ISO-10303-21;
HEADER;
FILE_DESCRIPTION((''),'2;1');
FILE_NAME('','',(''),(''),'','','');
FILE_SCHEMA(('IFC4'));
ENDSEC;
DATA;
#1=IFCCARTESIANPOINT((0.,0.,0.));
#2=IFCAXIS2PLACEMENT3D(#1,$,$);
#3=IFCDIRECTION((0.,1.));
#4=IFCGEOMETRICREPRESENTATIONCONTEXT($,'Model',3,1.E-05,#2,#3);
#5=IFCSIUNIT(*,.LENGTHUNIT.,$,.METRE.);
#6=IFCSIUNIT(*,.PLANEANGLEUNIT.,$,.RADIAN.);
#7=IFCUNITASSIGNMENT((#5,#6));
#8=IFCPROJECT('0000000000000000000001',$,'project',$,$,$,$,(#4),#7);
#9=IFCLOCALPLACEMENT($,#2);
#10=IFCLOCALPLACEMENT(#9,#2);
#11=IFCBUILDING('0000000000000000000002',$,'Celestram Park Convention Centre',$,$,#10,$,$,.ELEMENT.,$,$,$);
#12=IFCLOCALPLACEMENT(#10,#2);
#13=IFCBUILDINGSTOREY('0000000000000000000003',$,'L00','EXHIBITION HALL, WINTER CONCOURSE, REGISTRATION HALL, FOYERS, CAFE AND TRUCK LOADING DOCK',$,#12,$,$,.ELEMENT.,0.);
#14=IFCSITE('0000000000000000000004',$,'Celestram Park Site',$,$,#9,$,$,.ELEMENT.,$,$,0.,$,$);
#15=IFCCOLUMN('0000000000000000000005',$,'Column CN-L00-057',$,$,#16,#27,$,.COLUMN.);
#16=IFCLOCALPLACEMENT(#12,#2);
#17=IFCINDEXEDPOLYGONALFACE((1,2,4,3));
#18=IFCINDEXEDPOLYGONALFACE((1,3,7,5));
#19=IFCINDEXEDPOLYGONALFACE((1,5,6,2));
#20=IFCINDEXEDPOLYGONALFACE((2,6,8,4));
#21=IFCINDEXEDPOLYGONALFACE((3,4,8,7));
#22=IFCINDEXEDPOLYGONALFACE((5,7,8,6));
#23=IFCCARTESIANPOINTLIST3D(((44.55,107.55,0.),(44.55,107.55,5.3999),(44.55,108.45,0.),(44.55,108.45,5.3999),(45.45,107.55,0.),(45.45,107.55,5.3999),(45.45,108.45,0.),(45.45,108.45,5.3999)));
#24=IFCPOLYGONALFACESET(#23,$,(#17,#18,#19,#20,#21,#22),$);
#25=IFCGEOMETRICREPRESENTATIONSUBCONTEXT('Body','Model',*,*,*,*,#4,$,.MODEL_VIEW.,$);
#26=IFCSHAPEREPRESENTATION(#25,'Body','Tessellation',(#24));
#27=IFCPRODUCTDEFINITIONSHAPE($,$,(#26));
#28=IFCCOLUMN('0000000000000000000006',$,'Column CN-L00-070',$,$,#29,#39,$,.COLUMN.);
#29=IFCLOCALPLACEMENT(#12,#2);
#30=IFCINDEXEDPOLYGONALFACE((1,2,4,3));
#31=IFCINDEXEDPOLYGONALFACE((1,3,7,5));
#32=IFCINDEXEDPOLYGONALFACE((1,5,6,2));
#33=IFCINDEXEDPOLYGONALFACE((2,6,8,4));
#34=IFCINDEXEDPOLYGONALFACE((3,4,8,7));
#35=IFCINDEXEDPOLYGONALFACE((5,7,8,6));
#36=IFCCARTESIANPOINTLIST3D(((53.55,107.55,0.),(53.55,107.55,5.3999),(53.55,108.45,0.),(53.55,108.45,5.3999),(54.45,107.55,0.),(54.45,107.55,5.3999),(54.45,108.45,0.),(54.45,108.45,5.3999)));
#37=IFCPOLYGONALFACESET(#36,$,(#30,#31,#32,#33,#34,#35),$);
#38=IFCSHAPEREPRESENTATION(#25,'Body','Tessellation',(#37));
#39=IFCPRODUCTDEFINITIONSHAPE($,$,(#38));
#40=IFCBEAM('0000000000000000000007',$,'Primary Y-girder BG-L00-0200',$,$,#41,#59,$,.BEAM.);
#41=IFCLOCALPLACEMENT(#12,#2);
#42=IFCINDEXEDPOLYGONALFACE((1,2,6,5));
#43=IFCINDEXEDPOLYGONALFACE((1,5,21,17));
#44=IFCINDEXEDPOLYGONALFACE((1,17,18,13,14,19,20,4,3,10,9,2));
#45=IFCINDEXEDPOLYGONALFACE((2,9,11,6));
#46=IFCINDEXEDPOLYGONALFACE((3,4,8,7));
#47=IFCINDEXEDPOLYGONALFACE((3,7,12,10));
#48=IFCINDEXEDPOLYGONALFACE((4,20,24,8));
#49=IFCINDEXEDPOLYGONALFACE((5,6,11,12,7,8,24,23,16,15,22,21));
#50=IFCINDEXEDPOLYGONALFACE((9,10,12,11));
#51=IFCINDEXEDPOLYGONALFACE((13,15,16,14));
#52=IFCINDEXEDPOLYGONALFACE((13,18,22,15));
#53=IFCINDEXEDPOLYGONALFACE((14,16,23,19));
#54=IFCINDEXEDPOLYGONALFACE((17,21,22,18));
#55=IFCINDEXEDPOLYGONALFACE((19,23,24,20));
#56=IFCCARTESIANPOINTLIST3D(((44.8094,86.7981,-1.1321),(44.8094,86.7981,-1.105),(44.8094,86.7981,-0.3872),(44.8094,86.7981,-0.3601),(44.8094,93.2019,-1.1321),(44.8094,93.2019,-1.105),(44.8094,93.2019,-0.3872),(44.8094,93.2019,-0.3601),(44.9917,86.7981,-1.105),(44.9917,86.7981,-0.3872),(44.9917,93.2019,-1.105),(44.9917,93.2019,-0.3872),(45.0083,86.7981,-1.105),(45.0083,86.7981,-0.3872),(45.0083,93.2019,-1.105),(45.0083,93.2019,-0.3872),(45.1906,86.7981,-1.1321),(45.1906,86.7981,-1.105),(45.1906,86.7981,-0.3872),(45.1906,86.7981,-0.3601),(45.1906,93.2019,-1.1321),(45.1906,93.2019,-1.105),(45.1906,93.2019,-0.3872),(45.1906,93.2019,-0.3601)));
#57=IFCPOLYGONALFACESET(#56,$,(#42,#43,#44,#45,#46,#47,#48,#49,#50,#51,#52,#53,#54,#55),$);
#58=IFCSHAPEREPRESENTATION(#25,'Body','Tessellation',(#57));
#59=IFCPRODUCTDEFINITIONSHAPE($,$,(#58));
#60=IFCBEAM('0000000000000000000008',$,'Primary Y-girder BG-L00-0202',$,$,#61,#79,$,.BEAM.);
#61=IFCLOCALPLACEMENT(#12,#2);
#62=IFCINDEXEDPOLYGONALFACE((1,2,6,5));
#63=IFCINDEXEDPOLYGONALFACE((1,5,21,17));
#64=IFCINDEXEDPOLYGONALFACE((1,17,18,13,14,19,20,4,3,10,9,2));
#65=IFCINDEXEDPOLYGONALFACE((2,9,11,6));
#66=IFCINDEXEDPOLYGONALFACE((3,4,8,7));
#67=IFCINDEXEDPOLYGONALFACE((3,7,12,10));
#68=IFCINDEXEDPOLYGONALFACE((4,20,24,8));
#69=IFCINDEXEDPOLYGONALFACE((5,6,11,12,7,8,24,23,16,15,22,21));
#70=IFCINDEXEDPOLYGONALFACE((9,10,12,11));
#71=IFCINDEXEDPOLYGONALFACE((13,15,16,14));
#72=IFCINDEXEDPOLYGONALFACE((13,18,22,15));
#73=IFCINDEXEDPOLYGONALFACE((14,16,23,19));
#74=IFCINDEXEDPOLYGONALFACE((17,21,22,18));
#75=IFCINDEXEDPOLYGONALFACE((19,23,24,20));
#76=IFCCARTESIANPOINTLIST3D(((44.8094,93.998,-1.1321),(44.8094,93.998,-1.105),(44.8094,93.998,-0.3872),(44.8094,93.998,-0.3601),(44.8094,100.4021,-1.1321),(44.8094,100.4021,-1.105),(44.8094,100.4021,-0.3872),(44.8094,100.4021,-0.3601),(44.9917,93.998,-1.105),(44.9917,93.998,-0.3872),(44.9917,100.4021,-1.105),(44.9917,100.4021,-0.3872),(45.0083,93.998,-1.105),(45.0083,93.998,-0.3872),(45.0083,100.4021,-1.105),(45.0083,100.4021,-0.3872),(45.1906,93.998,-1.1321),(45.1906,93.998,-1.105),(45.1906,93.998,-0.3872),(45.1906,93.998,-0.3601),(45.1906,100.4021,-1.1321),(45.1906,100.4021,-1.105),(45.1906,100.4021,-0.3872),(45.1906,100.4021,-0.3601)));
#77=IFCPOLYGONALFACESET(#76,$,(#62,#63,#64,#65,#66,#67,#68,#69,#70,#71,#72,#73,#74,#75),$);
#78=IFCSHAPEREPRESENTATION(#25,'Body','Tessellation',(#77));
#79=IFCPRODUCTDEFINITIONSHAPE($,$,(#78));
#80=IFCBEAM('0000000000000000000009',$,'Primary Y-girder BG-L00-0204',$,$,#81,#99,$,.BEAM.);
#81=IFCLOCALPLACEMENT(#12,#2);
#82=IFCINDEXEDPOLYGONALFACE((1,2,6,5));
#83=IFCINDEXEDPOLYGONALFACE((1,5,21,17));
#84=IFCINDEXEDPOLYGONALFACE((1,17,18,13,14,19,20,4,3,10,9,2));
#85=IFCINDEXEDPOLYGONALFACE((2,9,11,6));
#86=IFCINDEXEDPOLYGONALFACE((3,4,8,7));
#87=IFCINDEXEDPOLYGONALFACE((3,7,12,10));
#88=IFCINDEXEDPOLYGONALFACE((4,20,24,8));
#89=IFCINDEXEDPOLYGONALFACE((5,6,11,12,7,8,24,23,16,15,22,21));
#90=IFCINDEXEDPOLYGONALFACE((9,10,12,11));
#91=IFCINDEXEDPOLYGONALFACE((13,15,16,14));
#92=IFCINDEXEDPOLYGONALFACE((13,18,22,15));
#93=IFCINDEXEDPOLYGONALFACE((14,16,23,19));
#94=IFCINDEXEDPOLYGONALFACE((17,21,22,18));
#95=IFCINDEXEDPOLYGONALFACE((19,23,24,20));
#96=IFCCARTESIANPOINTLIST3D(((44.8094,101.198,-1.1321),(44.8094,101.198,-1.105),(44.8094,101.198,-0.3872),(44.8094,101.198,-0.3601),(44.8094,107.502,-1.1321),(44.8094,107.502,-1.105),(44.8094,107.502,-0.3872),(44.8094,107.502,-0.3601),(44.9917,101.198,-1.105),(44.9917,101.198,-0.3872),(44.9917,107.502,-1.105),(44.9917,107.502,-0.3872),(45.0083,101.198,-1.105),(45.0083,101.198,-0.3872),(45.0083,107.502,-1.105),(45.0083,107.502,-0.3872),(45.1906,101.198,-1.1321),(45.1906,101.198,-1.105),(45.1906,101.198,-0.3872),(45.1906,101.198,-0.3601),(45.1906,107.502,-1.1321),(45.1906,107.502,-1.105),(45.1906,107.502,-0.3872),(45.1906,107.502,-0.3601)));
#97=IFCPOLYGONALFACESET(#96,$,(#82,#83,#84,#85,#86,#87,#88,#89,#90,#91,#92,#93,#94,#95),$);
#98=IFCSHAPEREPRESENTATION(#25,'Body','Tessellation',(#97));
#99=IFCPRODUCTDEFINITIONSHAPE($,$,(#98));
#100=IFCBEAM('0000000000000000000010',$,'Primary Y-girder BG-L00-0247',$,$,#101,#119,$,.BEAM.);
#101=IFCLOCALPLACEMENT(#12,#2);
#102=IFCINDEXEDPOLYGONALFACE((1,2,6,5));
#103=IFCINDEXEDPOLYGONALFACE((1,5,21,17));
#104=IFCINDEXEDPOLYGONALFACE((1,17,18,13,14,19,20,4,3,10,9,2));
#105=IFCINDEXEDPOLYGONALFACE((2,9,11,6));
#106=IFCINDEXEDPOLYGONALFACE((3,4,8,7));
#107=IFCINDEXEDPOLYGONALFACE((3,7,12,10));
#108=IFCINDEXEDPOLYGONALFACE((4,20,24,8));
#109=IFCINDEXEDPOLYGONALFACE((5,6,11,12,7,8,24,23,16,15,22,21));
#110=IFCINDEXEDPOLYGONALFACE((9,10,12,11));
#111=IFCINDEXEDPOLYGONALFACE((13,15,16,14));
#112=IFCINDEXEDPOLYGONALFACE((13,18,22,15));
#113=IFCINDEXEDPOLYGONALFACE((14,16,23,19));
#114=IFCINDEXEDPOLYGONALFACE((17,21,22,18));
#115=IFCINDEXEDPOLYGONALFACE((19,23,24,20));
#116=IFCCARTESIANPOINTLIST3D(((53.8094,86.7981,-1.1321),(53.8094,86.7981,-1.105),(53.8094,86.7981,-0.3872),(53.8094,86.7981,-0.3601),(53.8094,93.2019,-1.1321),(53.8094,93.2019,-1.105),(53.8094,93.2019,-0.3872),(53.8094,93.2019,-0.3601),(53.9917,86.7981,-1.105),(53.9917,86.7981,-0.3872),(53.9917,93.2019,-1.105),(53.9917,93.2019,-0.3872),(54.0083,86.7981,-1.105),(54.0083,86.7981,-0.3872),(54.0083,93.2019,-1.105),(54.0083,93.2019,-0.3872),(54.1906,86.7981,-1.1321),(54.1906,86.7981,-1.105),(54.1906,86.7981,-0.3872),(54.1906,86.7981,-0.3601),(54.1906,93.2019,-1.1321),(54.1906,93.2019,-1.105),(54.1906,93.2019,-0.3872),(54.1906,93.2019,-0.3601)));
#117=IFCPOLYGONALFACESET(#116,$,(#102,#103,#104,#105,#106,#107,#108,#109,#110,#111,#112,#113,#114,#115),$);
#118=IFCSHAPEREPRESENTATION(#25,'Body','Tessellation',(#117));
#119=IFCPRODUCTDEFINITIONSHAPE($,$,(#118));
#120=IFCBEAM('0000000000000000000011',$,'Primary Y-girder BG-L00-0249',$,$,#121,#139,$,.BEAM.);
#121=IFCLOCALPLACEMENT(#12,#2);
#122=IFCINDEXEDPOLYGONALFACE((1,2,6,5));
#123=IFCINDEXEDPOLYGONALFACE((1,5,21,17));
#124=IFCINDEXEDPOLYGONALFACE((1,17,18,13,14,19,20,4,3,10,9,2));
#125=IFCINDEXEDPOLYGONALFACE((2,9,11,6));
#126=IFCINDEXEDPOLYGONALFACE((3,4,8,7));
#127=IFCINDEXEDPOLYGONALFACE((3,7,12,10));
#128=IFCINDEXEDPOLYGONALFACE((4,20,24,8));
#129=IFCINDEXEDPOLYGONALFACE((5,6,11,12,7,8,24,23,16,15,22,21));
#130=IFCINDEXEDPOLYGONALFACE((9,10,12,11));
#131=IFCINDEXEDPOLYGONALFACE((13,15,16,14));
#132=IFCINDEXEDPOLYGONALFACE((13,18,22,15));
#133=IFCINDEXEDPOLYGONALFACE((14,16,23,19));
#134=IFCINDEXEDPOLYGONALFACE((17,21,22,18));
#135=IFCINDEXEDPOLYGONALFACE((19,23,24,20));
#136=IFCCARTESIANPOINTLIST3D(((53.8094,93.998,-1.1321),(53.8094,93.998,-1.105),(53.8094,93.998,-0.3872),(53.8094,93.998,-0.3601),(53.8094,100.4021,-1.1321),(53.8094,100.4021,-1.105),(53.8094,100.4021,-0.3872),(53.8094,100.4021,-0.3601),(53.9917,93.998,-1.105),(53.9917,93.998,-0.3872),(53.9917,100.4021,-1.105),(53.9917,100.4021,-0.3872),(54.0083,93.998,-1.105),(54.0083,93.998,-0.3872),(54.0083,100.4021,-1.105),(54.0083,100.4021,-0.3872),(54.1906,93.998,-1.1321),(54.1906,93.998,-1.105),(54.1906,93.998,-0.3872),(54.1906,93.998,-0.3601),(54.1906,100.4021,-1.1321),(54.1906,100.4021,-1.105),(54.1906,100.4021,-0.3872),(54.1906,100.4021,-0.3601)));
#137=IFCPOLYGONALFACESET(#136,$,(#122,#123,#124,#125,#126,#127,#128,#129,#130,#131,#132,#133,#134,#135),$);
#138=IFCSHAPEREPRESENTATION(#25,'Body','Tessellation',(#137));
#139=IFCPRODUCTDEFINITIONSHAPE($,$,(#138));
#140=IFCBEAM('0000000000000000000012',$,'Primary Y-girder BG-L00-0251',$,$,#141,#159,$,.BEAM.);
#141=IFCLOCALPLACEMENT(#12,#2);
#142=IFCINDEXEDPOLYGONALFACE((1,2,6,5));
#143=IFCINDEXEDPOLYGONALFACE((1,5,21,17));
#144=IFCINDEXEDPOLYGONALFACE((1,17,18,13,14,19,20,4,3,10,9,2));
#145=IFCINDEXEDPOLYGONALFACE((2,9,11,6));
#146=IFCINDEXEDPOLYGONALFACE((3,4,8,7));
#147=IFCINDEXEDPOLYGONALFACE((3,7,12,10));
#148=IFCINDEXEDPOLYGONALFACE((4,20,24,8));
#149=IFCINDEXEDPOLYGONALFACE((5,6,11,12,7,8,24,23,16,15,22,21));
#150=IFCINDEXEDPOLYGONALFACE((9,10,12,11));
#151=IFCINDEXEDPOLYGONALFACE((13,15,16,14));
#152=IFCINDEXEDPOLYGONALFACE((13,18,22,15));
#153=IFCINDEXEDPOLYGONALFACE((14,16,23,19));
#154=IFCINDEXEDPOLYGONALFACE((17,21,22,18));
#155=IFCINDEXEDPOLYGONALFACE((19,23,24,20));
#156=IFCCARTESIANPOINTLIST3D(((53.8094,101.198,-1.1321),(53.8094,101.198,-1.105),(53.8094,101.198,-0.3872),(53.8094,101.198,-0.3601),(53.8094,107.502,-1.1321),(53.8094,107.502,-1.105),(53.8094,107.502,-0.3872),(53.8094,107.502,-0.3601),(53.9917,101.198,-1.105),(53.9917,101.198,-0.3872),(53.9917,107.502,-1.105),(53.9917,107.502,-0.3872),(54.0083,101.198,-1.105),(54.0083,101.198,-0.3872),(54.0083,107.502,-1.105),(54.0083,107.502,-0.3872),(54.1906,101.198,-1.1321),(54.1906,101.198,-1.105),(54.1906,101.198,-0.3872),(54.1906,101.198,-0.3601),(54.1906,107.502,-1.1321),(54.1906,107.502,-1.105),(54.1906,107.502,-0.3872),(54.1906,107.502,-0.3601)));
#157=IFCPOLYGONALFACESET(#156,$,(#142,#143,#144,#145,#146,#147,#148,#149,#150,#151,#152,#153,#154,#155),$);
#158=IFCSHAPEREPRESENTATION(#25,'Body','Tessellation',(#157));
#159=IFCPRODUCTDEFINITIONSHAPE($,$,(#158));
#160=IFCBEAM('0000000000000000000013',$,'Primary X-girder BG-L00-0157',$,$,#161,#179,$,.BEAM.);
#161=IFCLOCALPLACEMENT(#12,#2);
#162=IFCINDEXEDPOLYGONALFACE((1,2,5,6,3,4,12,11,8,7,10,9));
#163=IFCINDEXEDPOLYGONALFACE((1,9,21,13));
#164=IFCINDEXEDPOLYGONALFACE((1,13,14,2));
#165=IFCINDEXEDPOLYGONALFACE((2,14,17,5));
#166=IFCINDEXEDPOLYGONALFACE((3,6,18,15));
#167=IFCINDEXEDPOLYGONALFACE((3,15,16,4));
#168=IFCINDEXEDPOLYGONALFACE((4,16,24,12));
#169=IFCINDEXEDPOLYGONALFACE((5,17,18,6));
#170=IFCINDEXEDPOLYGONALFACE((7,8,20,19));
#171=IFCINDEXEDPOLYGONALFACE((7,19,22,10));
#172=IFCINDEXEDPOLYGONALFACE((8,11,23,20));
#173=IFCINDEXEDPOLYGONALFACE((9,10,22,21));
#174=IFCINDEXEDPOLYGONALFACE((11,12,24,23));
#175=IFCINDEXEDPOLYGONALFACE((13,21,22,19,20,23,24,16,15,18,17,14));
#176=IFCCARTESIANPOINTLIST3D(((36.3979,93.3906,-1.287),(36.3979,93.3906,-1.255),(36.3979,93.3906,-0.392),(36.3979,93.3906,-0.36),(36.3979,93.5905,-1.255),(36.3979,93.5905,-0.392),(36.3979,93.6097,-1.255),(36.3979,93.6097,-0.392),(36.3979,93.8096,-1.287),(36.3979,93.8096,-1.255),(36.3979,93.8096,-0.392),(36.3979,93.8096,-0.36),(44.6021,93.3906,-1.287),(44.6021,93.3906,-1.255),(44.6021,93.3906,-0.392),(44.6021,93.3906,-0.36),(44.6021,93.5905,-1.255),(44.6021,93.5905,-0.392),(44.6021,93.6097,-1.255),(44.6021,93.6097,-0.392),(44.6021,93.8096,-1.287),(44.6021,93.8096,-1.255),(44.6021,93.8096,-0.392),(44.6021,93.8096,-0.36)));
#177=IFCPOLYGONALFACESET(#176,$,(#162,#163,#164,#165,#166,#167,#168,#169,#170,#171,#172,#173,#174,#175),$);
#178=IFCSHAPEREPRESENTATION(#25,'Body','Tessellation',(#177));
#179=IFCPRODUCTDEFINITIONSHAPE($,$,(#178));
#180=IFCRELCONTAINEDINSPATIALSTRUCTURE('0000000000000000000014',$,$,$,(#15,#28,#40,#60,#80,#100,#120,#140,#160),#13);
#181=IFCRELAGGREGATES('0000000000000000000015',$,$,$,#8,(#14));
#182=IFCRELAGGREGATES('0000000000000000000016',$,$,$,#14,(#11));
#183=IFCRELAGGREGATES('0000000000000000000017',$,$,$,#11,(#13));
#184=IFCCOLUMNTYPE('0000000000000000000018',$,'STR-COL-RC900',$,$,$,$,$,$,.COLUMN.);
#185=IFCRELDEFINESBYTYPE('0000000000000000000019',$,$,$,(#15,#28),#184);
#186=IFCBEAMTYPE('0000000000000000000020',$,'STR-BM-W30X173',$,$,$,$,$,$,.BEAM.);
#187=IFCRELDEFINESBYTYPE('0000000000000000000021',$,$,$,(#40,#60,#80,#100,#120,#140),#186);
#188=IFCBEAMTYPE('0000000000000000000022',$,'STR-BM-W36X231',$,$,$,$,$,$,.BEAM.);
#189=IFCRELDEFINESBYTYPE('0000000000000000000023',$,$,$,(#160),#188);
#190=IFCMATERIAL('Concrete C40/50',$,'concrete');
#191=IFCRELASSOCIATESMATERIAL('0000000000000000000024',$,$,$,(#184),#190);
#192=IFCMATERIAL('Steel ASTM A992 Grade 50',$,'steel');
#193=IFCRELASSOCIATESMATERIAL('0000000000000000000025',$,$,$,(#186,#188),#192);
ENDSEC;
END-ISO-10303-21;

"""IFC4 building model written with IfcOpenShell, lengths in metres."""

from ifc_helpers import new_model, si_unit, direction, frame, origin, origin_2d, place, context, subcontext, project, spatial, rectangle, i_section, extrude, material, material_profile, profile_set, type_object, element, save


model = new_model("IFC4")

# Units and contexts
model_context = context("Model", 3, precision=1e-05, world=origin(), true_north=direction((0.0, 1.0)))
body_context = subcontext(model_context, "Body", "Model", "MODEL_VIEW")
ifc_project = project(units=[si_unit("LENGTHUNIT", "METRE"), si_unit("PLANEANGLEUNIT", "RADIAN")], contexts=[model_context])

# Site, building, storey
site_placement = place(None, origin())
site = spatial("IfcSite", under=ifc_project, at=site_placement, Name="Celestram Park Site", CompositionType="ELEMENT", RefElevation=0.0)
building_placement = place(site_placement, origin())
building = spatial("IfcBuilding", under=site, at=building_placement, Name="Celestram Park Convention Centre", CompositionType="ELEMENT")
storey_placement = place(building_placement, origin())
storey = spatial("IfcBuildingStorey", under=building, at=storey_placement, Name="L00", Description="EXHIBITION HALL, WINTER CONCOURSE, REGISTRATION HALL, FOYERS, CAFE AND TRUCK LOADING DOCK", CompositionType="ELEMENT", Elevation=0.0)

# Columns
ifc_material_1 = material(Name="Concrete C40/50", Category="concrete")
ifc_material_profile_1 = material_profile(ifc_material_1, rectangle(XDim=0.8999, YDim=0.8999, at=origin_2d()), Name="RC900X900")
ifc_profile_set_1 = profile_set([ifc_material_profile_1], Name="Concrete C40/50")
column_type = type_object("IfcColumnType", Name="STR-COL-RC900", PredefinedType="COLUMN", material=ifc_profile_set_1)
for number, where, z_axis, x_axis, name in (
    (1, (45.0, 108.0, 0.0), (0.0, 0.0, 1.0), (1.0, 0.0, 0.0), "Column CN-L00-057"),
    (2, (54.0, 108.0, 0.0), (0.0, 0.0, 1.0), (1.0, 0.0, 0.0), "Column CN-L00-070"),
):
    element("IfcColumn", number, at=place(storey_placement, frame(where, z_axis=z_axis, x_axis=x_axis)), inside=storey, type_object=column_type, Name=name, PredefinedType="COLUMN", context=body_context, shape_type="SweptSolid", body=[
        extrude(rectangle(XDim=0.8999, YDim=0.8999, at=origin_2d()), origin(), (0.0, 0.0, 1.0), 5.3999),
    ])

# Beams
ifc_material_2 = material(Name="Steel ASTM A992 Grade 50", Category="steel")
ifc_material_profile_2 = material_profile(ifc_material_2, i_section(OverallWidth=0.3811, OverallDepth=0.772, WebThickness=0.0166, FlangeThickness=0.0271, at=origin_2d()), Name="W30X173")
ifc_profile_set_2 = profile_set([ifc_material_profile_2], Name="Steel ASTM A992 Grade 50")
beam_type_1 = type_object("IfcBeamType", Name="STR-BM-W30X173", PredefinedType="BEAM", material=ifc_profile_set_2)
beam_1_placement = place(storey_placement, frame((45.0, 86.7981, -0.7461), z_axis=(0.0, 1.0, 0.0), x_axis=(-1.0, 0.0, 0.0)))
element("IfcBeam", 3, at=beam_1_placement, inside=storey, type_object=beam_type_1, Name="Primary Y-girder BG-L00-0200", PredefinedType="BEAM", context=body_context, shape_type="SweptSolid", body=[
    extrude(i_section(OverallWidth=0.3811, OverallDepth=0.772, WebThickness=0.0166, FlangeThickness=0.0271, at=origin_2d()), origin(), (0.0, 0.0, 1.0), 6.4038),
])
beam_2_placement = place(storey_placement, frame((45.0, 93.998, -0.7461), z_axis=(0.0, 1.0, 0.0), x_axis=(-1.0, 0.0, 0.0)))
element("IfcBeam", 4, at=beam_2_placement, inside=storey, type_object=beam_type_1, Name="Primary Y-girder BG-L00-0202", PredefinedType="BEAM", context=body_context, shape_type="SweptSolid", body=[
    extrude(i_section(OverallWidth=0.3811, OverallDepth=0.772, WebThickness=0.0166, FlangeThickness=0.0271, at=origin_2d()), origin(), (0.0, 0.0, 1.0), 6.4041),
])
beam_3_placement = place(storey_placement, frame((45.0, 101.198, -0.7461), z_axis=(0.0, 1.0, 0.0), x_axis=(-1.0, 0.0, 0.0)))
element("IfcBeam", 5, at=beam_3_placement, inside=storey, type_object=beam_type_1, Name="Primary Y-girder BG-L00-0204", PredefinedType="BEAM", context=body_context, shape_type="SweptSolid", body=[
    extrude(i_section(OverallWidth=0.3811, OverallDepth=0.772, WebThickness=0.0166, FlangeThickness=0.0271, at=origin_2d()), origin(), (0.0, 0.0, 1.0), 6.304),
])
beam_4_placement = place(storey_placement, frame((54.0, 86.7981, -0.7461), z_axis=(0.0, 1.0, 0.0), x_axis=(-1.0, 0.0, 0.0)))
element("IfcBeam", 6, at=beam_4_placement, inside=storey, type_object=beam_type_1, Name="Primary Y-girder BG-L00-0247", PredefinedType="BEAM", context=body_context, shape_type="SweptSolid", body=[
    extrude(i_section(OverallWidth=0.3811, OverallDepth=0.772, WebThickness=0.0166, FlangeThickness=0.0271, at=origin_2d()), origin(), (0.0, 0.0, 1.0), 6.4038),
])
beam_5_placement = place(storey_placement, frame((54.0, 93.998, -0.7461), z_axis=(0.0, 1.0, 0.0), x_axis=(-1.0, 0.0, 0.0)))
element("IfcBeam", 7, at=beam_5_placement, inside=storey, type_object=beam_type_1, Name="Primary Y-girder BG-L00-0249", PredefinedType="BEAM", context=body_context, shape_type="SweptSolid", body=[
    extrude(i_section(OverallWidth=0.3811, OverallDepth=0.772, WebThickness=0.0166, FlangeThickness=0.0271, at=origin_2d()), origin(), (0.0, 0.0, 1.0), 6.4041),
])
beam_6_placement = place(storey_placement, frame((54.0, 101.198, -0.7461), z_axis=(0.0, 1.0, 0.0), x_axis=(-1.0, 0.0, 0.0)))
element("IfcBeam", 8, at=beam_6_placement, inside=storey, type_object=beam_type_1, Name="Primary Y-girder BG-L00-0251", PredefinedType="BEAM", context=body_context, shape_type="SweptSolid", body=[
    extrude(i_section(OverallWidth=0.3811, OverallDepth=0.772, WebThickness=0.0166, FlangeThickness=0.0271, at=origin_2d()), origin(), (0.0, 0.0, 1.0), 6.304),
])
ifc_material_profile_3 = material_profile(ifc_material_2, i_section(OverallWidth=0.4189, OverallDepth=0.927, WebThickness=0.0193, FlangeThickness=0.032, at=origin_2d()), Name="W36X231")
ifc_profile_set_3 = profile_set([ifc_material_profile_3], Name="Steel ASTM A992 Grade 50")
beam_type_2 = type_object("IfcBeamType", Name="STR-BM-W36X231", PredefinedType="BEAM", material=ifc_profile_set_3)
for number, where, z_axis, x_axis, name in (
    (9, (36.3979, 93.6001, -0.8235), (1.0, 0.0, 0.0), (0.0, 1.0, 0.0), "Primary X-girder BG-L00-0157"),
):
    element("IfcBeam", number, at=place(storey_placement, frame(where, z_axis=z_axis, x_axis=x_axis)), inside=storey, type_object=beam_type_2, Name=name, PredefinedType="BEAM", context=body_context, shape_type="SweptSolid", body=[
        extrude(i_section(OverallWidth=0.4189, OverallDepth=0.927, WebThickness=0.0193, FlangeThickness=0.032, at=origin_2d()), origin(), (0.0, 0.0, 1.0), 8.2041),
    ])

save(model, "model.ifc")
